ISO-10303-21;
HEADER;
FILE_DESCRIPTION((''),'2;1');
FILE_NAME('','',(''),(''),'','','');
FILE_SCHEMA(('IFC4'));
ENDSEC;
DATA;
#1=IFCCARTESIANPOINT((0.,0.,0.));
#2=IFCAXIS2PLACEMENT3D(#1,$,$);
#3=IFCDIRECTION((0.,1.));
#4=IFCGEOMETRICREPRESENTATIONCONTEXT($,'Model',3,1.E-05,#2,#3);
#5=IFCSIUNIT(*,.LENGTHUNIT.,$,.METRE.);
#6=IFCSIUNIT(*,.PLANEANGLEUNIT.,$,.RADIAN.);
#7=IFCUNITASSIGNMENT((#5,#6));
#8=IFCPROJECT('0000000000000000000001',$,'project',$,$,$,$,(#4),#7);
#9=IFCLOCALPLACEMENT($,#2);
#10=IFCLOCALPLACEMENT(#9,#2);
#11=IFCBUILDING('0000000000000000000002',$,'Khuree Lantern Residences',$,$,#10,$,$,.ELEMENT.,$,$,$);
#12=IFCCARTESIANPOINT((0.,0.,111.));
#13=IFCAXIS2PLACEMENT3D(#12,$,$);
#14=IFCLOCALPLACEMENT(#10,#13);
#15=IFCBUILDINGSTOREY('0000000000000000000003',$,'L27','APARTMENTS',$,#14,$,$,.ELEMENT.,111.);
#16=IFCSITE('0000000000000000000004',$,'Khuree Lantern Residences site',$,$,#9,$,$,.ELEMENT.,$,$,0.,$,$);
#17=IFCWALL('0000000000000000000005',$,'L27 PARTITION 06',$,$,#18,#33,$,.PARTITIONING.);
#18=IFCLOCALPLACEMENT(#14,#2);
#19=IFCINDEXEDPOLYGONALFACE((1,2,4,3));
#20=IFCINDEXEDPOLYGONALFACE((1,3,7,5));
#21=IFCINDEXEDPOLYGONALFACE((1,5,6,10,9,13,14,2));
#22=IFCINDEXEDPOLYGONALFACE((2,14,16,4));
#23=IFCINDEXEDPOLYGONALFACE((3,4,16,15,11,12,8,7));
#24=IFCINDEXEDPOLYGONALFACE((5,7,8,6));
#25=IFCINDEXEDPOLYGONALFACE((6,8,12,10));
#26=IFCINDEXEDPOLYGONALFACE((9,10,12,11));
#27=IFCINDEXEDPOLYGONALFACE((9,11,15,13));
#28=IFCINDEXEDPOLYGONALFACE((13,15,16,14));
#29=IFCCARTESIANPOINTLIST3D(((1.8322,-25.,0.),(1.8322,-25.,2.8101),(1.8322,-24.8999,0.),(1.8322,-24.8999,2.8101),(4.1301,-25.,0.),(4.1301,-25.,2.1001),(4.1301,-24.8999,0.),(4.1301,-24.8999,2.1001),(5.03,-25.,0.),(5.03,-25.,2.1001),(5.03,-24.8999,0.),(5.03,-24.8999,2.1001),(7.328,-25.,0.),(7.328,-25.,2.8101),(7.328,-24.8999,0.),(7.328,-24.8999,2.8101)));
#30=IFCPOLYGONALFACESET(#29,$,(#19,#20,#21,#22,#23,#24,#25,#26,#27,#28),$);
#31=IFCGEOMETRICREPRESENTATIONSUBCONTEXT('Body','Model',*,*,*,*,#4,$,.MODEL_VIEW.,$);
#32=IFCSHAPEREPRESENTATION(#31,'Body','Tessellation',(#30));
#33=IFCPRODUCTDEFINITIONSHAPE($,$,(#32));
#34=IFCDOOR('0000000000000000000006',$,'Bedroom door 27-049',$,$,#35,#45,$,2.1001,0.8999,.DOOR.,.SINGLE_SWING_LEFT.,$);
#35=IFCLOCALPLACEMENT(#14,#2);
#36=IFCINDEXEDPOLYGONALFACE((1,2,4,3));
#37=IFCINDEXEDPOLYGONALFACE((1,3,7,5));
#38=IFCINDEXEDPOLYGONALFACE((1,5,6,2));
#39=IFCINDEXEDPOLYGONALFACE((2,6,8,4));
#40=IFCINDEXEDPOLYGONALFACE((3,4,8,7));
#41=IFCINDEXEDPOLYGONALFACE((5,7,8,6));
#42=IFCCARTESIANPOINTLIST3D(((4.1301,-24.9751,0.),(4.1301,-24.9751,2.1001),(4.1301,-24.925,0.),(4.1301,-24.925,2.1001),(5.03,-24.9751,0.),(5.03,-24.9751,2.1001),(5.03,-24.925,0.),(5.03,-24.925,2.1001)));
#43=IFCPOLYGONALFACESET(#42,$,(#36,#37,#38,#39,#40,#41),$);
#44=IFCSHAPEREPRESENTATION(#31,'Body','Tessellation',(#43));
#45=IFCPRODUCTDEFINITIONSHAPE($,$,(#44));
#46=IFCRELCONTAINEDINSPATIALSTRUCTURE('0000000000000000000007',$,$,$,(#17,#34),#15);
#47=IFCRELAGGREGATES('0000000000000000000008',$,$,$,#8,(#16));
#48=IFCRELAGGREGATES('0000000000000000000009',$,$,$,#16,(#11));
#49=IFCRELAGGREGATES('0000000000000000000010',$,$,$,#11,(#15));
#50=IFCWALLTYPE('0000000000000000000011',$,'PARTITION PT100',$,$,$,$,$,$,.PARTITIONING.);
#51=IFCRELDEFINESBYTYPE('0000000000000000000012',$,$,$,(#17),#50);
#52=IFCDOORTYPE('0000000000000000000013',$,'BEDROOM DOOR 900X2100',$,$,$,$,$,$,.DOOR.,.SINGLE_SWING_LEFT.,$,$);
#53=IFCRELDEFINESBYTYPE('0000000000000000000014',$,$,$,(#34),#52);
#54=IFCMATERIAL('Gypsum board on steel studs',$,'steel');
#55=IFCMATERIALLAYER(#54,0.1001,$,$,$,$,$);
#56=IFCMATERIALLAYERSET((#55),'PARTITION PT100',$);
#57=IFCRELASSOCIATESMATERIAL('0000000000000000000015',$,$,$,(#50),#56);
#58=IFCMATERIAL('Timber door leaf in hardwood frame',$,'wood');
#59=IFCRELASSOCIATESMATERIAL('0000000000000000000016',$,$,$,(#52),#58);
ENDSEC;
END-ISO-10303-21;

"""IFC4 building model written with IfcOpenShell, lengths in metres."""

from ifc_helpers import new_model, si_unit, direction, frame, frame_2d, origin, place, context, subcontext, project, spatial, rectangle, extrude, material, layer, layer_set, type_object, element, fill, save


model = new_model("IFC4")

# Units and contexts
model_context = context("Model", 3, precision=1e-05, world=origin(), true_north=direction((0.0, 1.0)))
body_context = subcontext(model_context, "Body", "Model", "MODEL_VIEW")
ifc_project = project(units=[si_unit("LENGTHUNIT", "METRE"), si_unit("PLANEANGLEUNIT", "RADIAN")], contexts=[model_context])

# Site, building, storey
site_placement = place(None, origin())
site = spatial("IfcSite", under=ifc_project, at=site_placement, Name="Khuree Lantern Residences site", CompositionType="ELEMENT", RefElevation=0.0)
building_placement = place(site_placement, origin())
building = spatial("IfcBuilding", under=site, at=building_placement, Name="Khuree Lantern Residences", CompositionType="ELEMENT")
storey_placement = place(building_placement, frame((0.0, 0.0, 111.0)))
storey = spatial("IfcBuildingStorey", under=building, at=storey_placement, Name="L27", Description="APARTMENTS", CompositionType="ELEMENT", Elevation=111.0)

# Shared definitions
ifc_material_1 = material(Name="Timber door leaf in hardwood frame", Category="wood")

# Shared definitions
ifc_material_2 = material(Name="Gypsum board on steel studs", Category="steel")
ifc_layer_1 = layer(ifc_material_2, 0.1001)
ifc_layer_set_1 = layer_set([ifc_layer_1], Name="PARTITION PT100")
wall_type_1 = type_object("IfcWallType", Name="PARTITION PT100", PredefinedType="PARTITIONING", material=ifc_layer_set_1)

# Wall, opening, door
wall_1_placement = place(storey_placement, frame((1.832, -24.95, 0.0), z_axis=(0.0, 0.0, 1.0), x_axis=(1.0, 0.0, 0.0)))
wall_1 = element("IfcWall", 1, at=wall_1_placement, inside=storey, type_object=wall_type_1, Name="L27 PARTITION 06", PredefinedType="PARTITIONING", context=body_context, shape_type="SweptSolid", body=[
    extrude(rectangle(XDim=5.4958, YDim=0.1001, at=frame_2d((2.748, 0.0))), origin(), (0.0, 0.0, 1.0), 2.8101),
])
opening_1_placement = place(wall_1_placement, frame((2.2981, 0.0, 0.0)))
opening_1 = element("IfcOpeningElement", 2, at=opening_1_placement, cuts=wall_1, PredefinedType="OPENING", context=body_context, shape_type="SweptSolid", body=[
    extrude(rectangle(XDim=0.8999, YDim=2.1001, at=frame_2d((0.45, 1.05))), frame((0.0, 0.0601, 0.0), z_axis=(0.0, -1.0, 0.0), x_axis=(1.0, 0.0, 0.0)), (0.0, 0.0, 1.0), 0.1201),
])
door_type_1 = type_object("IfcDoorType", Name="BEDROOM DOOR 900X2100", OperationType="SINGLE_SWING_LEFT", PredefinedType="DOOR", material=ifc_material_1)
door_1_placement = place(opening_1_placement, origin())
door_1 = element("IfcDoor", 3, at=door_1_placement, inside=storey, type_object=door_type_1, Name="Bedroom door 27-049", OperationType="SINGLE_SWING_LEFT", OverallHeight=2.1001, OverallWidth=0.8999, PredefinedType="DOOR", context=body_context, shape_type="SweptSolid", body=[
    extrude(rectangle(XDim=0.8999, YDim=2.1001, at=frame_2d((0.45, 1.05))), frame((0.0, 0.0249, 0.0), z_axis=(0.0, -1.0, 0.0), x_axis=(1.0, 0.0, 0.0)), (0.0, 0.0, 1.0), 0.05),
])
fill(opening_1, door_1)

save(model, "model.ifc")
